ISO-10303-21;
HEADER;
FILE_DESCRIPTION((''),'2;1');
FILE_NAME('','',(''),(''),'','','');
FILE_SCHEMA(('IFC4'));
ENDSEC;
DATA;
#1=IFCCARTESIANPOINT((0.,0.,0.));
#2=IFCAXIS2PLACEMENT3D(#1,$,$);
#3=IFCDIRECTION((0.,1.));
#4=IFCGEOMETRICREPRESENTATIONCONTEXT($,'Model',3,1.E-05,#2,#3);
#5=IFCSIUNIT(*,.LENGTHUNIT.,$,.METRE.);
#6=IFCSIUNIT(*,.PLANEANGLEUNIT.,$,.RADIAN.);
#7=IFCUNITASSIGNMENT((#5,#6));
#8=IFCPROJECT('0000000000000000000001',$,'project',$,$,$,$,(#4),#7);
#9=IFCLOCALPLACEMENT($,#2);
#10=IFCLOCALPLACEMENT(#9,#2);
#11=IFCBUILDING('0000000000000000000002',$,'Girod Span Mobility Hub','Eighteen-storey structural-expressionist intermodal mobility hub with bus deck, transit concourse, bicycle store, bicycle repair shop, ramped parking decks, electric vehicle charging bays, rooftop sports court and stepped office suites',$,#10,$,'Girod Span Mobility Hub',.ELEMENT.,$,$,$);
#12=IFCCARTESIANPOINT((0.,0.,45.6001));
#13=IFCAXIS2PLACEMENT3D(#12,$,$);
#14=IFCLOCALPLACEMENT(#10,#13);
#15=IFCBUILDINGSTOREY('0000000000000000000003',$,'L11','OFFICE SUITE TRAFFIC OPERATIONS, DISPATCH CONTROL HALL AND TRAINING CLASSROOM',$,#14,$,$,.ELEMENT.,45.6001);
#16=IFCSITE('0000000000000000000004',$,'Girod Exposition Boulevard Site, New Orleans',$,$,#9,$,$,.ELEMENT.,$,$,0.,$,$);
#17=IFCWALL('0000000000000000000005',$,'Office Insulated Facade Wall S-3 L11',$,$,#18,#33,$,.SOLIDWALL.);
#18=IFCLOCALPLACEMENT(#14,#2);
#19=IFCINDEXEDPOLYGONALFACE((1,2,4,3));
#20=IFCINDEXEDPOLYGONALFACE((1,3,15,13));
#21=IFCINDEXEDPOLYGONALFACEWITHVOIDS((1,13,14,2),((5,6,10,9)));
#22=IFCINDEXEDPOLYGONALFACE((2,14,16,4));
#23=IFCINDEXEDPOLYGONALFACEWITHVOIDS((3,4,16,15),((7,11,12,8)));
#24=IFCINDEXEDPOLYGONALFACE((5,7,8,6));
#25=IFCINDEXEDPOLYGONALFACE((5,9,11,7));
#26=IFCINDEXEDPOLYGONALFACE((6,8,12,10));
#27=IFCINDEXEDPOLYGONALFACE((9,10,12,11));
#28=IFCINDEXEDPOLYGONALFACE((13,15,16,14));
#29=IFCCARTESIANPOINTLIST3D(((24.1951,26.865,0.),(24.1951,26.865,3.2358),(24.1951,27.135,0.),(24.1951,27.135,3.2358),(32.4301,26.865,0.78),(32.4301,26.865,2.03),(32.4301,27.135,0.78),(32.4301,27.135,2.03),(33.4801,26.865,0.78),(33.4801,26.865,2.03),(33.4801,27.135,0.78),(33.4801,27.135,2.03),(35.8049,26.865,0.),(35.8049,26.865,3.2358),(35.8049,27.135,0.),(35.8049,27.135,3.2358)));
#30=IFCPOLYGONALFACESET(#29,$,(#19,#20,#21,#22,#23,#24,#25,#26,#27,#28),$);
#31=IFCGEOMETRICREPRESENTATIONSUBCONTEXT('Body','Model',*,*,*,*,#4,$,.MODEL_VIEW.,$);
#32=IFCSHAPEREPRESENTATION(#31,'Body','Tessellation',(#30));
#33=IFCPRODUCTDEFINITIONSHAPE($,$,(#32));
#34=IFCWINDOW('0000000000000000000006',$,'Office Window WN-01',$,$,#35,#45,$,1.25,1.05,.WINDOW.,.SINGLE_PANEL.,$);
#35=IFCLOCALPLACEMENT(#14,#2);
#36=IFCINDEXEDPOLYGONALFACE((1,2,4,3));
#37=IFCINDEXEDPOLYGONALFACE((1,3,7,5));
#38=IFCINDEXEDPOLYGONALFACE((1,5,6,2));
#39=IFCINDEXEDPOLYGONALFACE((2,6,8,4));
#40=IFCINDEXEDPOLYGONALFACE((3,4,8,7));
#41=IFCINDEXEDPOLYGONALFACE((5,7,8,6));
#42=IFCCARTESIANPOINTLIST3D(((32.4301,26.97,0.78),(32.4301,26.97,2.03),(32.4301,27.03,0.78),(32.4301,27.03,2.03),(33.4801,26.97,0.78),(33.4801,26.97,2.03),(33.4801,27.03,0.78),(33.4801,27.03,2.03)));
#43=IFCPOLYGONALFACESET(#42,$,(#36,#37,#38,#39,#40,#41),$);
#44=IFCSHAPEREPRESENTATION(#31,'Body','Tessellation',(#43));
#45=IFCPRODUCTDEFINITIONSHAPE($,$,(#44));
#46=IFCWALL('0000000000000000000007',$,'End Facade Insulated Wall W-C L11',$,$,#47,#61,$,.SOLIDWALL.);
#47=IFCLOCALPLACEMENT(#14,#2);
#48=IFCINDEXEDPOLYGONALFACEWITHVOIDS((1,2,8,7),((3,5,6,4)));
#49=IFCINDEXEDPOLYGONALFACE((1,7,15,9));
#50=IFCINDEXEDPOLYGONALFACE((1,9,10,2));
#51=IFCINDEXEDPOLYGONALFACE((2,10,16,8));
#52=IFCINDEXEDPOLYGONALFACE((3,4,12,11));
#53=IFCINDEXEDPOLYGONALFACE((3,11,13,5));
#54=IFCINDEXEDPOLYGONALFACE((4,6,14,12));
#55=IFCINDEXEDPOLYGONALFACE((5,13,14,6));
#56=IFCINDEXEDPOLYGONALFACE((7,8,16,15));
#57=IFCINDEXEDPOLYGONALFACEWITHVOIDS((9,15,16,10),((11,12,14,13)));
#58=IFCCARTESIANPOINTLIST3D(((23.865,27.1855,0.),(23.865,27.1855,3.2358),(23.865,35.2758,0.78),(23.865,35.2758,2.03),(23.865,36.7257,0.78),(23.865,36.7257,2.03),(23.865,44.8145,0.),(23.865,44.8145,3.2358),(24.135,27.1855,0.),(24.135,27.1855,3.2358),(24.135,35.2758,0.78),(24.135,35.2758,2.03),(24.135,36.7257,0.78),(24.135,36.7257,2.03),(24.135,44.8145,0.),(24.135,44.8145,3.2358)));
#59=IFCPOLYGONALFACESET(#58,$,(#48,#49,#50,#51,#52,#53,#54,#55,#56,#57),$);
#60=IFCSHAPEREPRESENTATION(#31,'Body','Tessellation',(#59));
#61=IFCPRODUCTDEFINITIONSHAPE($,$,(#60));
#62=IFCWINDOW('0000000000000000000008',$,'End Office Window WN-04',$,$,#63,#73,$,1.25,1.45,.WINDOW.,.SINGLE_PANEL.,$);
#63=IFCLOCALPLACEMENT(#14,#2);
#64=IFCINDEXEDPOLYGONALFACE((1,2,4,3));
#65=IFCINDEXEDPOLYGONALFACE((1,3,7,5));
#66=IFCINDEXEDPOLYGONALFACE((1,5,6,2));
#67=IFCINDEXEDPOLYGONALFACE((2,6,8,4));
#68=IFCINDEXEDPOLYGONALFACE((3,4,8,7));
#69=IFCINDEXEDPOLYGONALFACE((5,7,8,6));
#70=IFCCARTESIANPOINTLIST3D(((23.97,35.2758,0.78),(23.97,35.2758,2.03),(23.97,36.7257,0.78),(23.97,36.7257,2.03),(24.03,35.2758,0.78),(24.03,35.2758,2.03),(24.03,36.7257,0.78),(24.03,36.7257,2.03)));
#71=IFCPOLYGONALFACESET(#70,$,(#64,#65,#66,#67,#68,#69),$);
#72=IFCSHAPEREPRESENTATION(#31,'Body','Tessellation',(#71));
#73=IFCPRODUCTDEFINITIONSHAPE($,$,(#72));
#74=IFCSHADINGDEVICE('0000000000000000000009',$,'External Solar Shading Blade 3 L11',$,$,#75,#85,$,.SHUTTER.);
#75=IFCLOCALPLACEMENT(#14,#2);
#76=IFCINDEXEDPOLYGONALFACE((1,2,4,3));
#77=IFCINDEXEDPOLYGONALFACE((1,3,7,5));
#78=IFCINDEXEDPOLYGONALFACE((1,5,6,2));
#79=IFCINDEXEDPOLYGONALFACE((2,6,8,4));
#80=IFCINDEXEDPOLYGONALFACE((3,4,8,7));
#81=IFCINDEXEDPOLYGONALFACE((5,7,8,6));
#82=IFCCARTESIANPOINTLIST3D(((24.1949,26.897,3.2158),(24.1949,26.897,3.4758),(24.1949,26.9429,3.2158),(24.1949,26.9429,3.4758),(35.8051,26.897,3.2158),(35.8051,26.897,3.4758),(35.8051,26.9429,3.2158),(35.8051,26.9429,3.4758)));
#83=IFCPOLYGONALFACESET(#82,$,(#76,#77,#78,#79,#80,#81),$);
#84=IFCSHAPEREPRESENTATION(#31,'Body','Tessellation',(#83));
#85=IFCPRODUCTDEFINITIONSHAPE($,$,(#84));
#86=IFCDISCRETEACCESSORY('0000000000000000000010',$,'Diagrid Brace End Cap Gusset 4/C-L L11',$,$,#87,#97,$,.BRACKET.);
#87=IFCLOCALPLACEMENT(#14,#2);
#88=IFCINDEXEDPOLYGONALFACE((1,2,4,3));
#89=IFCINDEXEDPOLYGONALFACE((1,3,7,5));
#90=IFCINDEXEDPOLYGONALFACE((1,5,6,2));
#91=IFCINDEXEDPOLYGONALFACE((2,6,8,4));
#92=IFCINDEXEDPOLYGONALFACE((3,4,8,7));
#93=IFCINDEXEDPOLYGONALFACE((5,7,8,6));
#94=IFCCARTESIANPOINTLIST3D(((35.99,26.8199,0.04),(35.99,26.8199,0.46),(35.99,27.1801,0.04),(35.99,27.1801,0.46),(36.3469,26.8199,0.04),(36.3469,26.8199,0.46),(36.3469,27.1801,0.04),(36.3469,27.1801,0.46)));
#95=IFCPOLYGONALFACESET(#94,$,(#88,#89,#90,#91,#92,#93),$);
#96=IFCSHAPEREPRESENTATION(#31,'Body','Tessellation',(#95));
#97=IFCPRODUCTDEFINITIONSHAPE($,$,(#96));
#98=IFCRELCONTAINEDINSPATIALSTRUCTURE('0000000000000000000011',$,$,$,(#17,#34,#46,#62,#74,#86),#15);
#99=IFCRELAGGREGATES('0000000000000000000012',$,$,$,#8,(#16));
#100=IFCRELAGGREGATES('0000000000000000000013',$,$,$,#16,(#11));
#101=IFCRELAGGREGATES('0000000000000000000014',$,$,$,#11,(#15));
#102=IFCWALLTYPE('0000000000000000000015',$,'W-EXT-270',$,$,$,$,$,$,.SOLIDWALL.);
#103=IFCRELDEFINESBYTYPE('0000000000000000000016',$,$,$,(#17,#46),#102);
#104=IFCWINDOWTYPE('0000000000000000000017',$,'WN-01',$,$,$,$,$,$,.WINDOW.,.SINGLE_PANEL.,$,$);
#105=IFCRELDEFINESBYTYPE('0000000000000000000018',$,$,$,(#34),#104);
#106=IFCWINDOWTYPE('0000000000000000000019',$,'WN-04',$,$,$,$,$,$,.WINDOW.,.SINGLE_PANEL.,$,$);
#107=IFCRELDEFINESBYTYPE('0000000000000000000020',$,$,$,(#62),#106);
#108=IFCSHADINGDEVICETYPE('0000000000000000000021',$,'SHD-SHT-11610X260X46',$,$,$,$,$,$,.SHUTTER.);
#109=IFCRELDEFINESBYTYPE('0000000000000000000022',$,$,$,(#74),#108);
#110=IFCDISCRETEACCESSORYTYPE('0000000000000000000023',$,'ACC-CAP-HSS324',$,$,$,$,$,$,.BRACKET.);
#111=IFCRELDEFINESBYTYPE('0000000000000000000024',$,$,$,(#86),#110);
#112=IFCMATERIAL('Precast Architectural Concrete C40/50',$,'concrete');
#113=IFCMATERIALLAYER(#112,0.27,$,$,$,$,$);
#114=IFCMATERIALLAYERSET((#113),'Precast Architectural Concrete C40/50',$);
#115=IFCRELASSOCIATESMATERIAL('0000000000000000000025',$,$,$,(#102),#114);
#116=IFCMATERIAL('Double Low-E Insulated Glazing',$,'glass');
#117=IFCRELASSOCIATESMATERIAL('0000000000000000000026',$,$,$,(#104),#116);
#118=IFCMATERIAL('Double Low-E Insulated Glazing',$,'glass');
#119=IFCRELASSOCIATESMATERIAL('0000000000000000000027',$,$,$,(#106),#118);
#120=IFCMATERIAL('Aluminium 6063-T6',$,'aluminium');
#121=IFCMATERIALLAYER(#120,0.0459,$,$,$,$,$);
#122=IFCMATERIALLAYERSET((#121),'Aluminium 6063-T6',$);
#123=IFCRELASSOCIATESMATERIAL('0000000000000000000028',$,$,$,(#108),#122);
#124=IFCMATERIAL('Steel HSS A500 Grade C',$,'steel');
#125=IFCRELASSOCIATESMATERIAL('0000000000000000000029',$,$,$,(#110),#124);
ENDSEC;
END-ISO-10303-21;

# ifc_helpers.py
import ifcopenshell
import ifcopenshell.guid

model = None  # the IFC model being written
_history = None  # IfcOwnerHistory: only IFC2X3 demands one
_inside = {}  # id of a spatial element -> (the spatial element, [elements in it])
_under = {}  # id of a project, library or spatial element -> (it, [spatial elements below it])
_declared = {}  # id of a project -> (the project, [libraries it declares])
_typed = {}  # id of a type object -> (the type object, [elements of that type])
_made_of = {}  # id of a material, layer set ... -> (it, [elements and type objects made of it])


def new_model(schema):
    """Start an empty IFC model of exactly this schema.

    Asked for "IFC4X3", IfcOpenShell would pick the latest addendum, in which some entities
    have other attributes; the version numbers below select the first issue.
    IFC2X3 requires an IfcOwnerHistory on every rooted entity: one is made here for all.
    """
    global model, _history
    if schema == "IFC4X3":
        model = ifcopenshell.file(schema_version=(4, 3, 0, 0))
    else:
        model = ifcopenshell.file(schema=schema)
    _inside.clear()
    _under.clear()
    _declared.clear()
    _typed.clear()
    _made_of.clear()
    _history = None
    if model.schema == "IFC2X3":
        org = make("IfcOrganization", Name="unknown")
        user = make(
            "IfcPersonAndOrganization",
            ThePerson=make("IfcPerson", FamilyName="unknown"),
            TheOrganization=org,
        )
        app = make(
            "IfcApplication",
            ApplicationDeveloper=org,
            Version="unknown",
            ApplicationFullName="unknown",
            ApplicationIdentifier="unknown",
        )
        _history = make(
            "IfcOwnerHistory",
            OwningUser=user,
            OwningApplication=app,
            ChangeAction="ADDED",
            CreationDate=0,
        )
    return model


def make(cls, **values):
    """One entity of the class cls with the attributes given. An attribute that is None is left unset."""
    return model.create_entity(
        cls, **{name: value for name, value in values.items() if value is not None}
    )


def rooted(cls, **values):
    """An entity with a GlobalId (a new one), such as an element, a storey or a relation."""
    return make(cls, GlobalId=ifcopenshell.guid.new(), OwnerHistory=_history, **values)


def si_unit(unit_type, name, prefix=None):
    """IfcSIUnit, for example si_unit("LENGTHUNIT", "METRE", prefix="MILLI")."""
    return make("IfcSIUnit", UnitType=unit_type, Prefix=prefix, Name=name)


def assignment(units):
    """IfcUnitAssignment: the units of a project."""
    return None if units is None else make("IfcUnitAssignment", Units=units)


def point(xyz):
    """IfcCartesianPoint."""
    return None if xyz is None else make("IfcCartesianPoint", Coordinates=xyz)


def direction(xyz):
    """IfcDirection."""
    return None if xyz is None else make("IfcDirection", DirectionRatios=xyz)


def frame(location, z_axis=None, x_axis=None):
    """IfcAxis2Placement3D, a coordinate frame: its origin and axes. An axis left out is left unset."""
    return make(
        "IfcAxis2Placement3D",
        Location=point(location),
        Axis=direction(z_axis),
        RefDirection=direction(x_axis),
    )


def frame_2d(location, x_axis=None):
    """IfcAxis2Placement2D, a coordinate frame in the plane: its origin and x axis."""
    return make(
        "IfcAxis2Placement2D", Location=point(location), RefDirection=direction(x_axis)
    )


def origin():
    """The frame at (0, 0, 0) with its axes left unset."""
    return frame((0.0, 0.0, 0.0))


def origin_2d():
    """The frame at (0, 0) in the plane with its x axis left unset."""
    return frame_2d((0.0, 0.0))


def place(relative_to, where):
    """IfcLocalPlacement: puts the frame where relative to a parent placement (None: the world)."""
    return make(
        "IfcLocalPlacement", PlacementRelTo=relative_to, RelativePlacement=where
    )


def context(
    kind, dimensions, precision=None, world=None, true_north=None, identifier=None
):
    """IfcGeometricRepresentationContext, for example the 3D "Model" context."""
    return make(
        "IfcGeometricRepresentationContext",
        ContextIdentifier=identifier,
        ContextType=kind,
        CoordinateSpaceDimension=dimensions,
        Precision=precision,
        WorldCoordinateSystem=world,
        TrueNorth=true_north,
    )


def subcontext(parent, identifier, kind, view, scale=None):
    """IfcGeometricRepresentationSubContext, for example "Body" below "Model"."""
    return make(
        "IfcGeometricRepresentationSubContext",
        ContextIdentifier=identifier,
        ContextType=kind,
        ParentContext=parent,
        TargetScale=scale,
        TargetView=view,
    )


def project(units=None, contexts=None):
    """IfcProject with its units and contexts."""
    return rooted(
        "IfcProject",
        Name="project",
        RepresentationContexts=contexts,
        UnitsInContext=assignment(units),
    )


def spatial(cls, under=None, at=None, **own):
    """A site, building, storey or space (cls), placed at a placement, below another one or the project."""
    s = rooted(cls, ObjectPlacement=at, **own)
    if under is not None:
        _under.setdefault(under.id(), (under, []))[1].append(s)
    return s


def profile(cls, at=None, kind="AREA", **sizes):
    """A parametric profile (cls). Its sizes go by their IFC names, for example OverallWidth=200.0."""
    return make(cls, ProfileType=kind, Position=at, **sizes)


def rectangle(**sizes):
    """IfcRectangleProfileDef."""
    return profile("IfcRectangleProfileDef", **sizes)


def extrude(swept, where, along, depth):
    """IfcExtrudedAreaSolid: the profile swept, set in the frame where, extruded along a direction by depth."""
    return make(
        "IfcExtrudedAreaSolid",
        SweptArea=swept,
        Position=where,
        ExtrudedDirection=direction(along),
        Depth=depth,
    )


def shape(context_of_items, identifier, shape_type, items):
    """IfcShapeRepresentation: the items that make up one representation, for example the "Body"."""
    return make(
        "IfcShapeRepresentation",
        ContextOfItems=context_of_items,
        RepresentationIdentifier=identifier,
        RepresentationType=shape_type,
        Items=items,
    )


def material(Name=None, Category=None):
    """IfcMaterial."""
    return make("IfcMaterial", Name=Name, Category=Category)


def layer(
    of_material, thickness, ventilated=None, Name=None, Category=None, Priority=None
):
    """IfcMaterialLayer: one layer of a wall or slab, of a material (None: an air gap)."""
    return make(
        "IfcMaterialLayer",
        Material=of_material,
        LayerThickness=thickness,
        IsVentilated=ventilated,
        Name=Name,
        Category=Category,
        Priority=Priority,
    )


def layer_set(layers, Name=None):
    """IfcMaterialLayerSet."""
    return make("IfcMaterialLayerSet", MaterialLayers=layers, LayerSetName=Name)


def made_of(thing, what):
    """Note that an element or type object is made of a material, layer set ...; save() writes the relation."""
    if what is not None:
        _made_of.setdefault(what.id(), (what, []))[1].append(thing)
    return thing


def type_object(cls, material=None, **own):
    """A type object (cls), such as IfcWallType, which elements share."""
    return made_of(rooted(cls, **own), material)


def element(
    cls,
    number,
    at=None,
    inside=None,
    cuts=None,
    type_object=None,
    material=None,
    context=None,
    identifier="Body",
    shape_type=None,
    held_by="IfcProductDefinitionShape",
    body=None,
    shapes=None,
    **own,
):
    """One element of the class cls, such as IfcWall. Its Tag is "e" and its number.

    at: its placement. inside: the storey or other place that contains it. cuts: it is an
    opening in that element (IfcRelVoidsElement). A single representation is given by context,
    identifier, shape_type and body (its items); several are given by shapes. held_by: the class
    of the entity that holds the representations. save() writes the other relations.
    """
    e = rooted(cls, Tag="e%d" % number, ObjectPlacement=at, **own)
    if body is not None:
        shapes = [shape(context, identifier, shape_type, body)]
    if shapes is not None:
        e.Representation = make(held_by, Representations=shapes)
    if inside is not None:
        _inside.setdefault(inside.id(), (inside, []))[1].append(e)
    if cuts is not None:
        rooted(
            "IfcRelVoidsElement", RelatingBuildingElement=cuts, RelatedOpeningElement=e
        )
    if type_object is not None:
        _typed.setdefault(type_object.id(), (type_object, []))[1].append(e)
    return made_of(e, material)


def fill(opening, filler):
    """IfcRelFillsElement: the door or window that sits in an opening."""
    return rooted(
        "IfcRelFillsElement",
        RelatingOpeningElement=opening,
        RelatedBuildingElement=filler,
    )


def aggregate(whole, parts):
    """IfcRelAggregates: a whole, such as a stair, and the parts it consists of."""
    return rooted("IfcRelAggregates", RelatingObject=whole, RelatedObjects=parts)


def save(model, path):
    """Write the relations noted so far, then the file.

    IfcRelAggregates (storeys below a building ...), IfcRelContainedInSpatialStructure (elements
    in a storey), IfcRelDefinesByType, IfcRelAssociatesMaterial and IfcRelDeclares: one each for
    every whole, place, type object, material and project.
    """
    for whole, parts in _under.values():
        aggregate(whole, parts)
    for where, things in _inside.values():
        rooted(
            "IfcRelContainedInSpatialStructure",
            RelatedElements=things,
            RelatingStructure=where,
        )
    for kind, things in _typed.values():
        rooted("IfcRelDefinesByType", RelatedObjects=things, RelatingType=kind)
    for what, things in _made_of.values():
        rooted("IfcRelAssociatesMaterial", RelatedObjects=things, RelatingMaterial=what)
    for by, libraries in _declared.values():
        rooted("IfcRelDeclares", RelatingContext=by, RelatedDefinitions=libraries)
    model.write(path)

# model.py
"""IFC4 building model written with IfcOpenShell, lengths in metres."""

from ifc_helpers import new_model, si_unit, direction, frame, frame_2d, origin, origin_2d, place, context, subcontext, project, spatial, rectangle, extrude, material, layer, layer_set, type_object, element, fill, save


model = new_model("IFC4")

# Units and contexts
model_context = context("Model", 3, precision=1e-05, world=origin(), true_north=direction((0.0, 1.0)))
body_context = subcontext(model_context, "Body", "Model", "MODEL_VIEW")
ifc_project = project(units=[si_unit("LENGTHUNIT", "METRE"), si_unit("PLANEANGLEUNIT", "RADIAN")], contexts=[model_context])

# Site, building, storey
site_placement = place(None, origin())
site = spatial("IfcSite", under=ifc_project, at=site_placement, Name="Girod Exposition Boulevard Site, New Orleans", CompositionType="ELEMENT", RefElevation=0.0)
building_placement = place(site_placement, origin())
building = spatial("IfcBuilding", under=site, at=building_placement, Name="Girod Span Mobility Hub", Description="Eighteen-storey structural-expressionist intermodal mobility hub with bus deck, transit concourse, bicycle store, bicycle repair shop, ramped parking decks, electric vehicle charging bays, rooftop sports court and stepped office suites", LongName="Girod Span Mobility Hub", CompositionType="ELEMENT")
storey_placement = place(building_placement, frame((0.0, 0.0, 45.6001)))
storey = spatial("IfcBuildingStorey", under=building, at=storey_placement, Name="L11", Description="OFFICE SUITE TRAFFIC OPERATIONS, DISPATCH CONTROL HALL AND TRAINING CLASSROOM", CompositionType="ELEMENT", Elevation=45.6001)

# Walls, openings, windows
ifc_material_1 = material(Name="Precast Architectural Concrete C40/50", Category="concrete")
ifc_layer_1 = layer(ifc_material_1, 0.27)
ifc_layer_set_1 = layer_set([ifc_layer_1], Name="Precast Architectural Concrete C40/50")
wall_type = type_object("IfcWallType", Name="W-EXT-270", PredefinedType="SOLIDWALL", material=ifc_layer_set_1)
wall_1_placement = place(storey_placement, frame((24.1951, 27.0, 0.0), z_axis=(0.0, 0.0, 1.0), x_axis=(1.0, 0.0, 0.0)))
wall_1 = element("IfcWall", 1, at=wall_1_placement, inside=storey, type_object=wall_type, Name="Office Insulated Facade Wall S-3 L11", PredefinedType="SOLIDWALL", context=body_context, shape_type="SweptSolid", body=[
    extrude(rectangle(XDim=11.6099, YDim=0.27, at=frame_2d((5.8049, 0.0))), origin(), (0.0, 0.0, 1.0), 3.2358),
])
opening_1_placement = place(wall_1_placement, frame((8.2351, 0.0, 0.78)))
opening_1 = element("IfcOpeningElement", 2, at=opening_1_placement, cuts=wall_1, PredefinedType="OPENING", context=body_context, shape_type="SweptSolid", body=[
    extrude(rectangle(XDim=1.05, YDim=1.25, at=frame_2d((0.5249, 0.625))), frame((0.0, 0.1499, 0.0), z_axis=(0.0, -1.0, 0.0), x_axis=(1.0, 0.0, 0.0)), (0.0, 0.0, 1.0), 0.3),
])
ifc_material_2 = material(Name="Double Low-E Insulated Glazing", Category="glass")
window_type_1 = type_object("IfcWindowType", Name="WN-01", PartitioningType="SINGLE_PANEL", PredefinedType="WINDOW", material=ifc_material_2)
window_1_placement = place(opening_1_placement, origin())
window_1 = element("IfcWindow", 3, at=window_1_placement, inside=storey, type_object=window_type_1, Name="Office Window WN-01", OverallHeight=1.25, OverallWidth=1.05, PartitioningType="SINGLE_PANEL", PredefinedType="WINDOW", context=body_context, shape_type="SweptSolid", body=[
    extrude(rectangle(XDim=1.05, YDim=1.25, at=frame_2d((0.5249, 0.625))), frame((0.0, 0.03, 0.0), z_axis=(0.0, -1.0, 0.0), x_axis=(1.0, 0.0, 0.0)), (0.0, 0.0, 1.0), 0.0601),
])
fill(opening_1, window_1)
wall_2_placement = place(storey_placement, frame((24.0, 27.1855, 0.0), z_axis=(0.0, 0.0, 1.0), x_axis=(0.0, 1.0, 0.0)))
wall_2 = element("IfcWall", 4, at=wall_2_placement, inside=storey, type_object=wall_type, Name="End Facade Insulated Wall W-C L11", PredefinedType="SOLIDWALL", context=body_context, shape_type="SweptSolid", body=[
    extrude(rectangle(XDim=17.6289, YDim=0.27, at=frame_2d((8.8145, 0.0))), origin(), (0.0, 0.0, 1.0), 3.2358),
])
opening_2_placement = place(wall_2_placement, frame((8.0901, 0.0, 0.78)))
opening_2 = element("IfcOpeningElement", 5, at=opening_2_placement, cuts=wall_2, PredefinedType="OPENING", context=body_context, shape_type="SweptSolid", body=[
    extrude(rectangle(XDim=1.45, YDim=1.25, at=frame_2d((0.7251, 0.625))), frame((0.0, 0.1499, 0.0), z_axis=(0.0, -1.0, 0.0), x_axis=(1.0, 0.0, 0.0)), (0.0, 0.0, 1.0), 0.3),
])
ifc_material_3 = material(Name="Double Low-E Insulated Glazing", Category="glass")
window_type_2 = type_object("IfcWindowType", Name="WN-04", PartitioningType="SINGLE_PANEL", PredefinedType="WINDOW", material=ifc_material_3)
window_2_placement = place(opening_2_placement, origin())
window_2 = element("IfcWindow", 6, at=window_2_placement, inside=storey, type_object=window_type_2, Name="End Office Window WN-04", OverallHeight=1.25, OverallWidth=1.45, PartitioningType="SINGLE_PANEL", PredefinedType="WINDOW", context=body_context, shape_type="SweptSolid", body=[
    extrude(rectangle(XDim=1.45, YDim=1.25, at=frame_2d((0.7251, 0.625))), frame((0.0, 0.03, 0.0), z_axis=(0.0, -1.0, 0.0), x_axis=(1.0, 0.0, 0.0)), (0.0, 0.0, 1.0), 0.0601),
])
fill(opening_2, window_2)

# Shading device
ifc_material_4 = material(Name="Aluminium 6063-T6", Category="aluminium")
ifc_layer_2 = layer(ifc_material_4, 0.0459)
ifc_layer_set_2 = layer_set([ifc_layer_2], Name="Aluminium 6063-T6")
shading_device_type = type_object("IfcShadingDeviceType", Name="SHD-SHT-11610X260X46", PredefinedType="SHUTTER", material=ifc_layer_set_2)
shading_device_placement = place(storey_placement, frame((30.0, 26.9199, 3.2158), z_axis=(0.0, 0.0, 1.0), x_axis=(1.0, 0.0, 0.0)))
element("IfcShadingDevice", 7, at=shading_device_placement, inside=storey, type_object=shading_device_type, Name="External Solar Shading Blade 3 L11", PredefinedType="SHUTTER", context=body_context, shape_type="SweptSolid", body=[
    extrude(rectangle(XDim=11.6101, YDim=0.0459, at=origin_2d()), origin(), (0.0, 0.0, 1.0), 0.26),
])

# Discrete accessory
ifc_material_5 = material(Name="Steel HSS A500 Grade C", Category="steel")
discrete_accessory_type = type_object("IfcDiscreteAccessoryType", Name="ACC-CAP-HSS324", PredefinedType="BRACKET", material=ifc_material_5)
discrete_accessory_placement = place(storey_placement, frame((36.1685, 27.0, 0.04), z_axis=(0.0, 0.0, 1.0), x_axis=(1.0, 0.0, 0.0)))
element("IfcDiscreteAccessory", 8, at=discrete_accessory_placement, inside=storey, type_object=discrete_accessory_type, Name="Diagrid Brace End Cap Gusset 4/C-L L11", PredefinedType="BRACKET", context=body_context, shape_type="SweptSolid", body=[
    extrude(rectangle(XDim=0.3569, YDim=0.3601, at=origin_2d()), origin(), (0.0, 0.0, 1.0), 0.4199),
])

save(model, "model.ifc")
